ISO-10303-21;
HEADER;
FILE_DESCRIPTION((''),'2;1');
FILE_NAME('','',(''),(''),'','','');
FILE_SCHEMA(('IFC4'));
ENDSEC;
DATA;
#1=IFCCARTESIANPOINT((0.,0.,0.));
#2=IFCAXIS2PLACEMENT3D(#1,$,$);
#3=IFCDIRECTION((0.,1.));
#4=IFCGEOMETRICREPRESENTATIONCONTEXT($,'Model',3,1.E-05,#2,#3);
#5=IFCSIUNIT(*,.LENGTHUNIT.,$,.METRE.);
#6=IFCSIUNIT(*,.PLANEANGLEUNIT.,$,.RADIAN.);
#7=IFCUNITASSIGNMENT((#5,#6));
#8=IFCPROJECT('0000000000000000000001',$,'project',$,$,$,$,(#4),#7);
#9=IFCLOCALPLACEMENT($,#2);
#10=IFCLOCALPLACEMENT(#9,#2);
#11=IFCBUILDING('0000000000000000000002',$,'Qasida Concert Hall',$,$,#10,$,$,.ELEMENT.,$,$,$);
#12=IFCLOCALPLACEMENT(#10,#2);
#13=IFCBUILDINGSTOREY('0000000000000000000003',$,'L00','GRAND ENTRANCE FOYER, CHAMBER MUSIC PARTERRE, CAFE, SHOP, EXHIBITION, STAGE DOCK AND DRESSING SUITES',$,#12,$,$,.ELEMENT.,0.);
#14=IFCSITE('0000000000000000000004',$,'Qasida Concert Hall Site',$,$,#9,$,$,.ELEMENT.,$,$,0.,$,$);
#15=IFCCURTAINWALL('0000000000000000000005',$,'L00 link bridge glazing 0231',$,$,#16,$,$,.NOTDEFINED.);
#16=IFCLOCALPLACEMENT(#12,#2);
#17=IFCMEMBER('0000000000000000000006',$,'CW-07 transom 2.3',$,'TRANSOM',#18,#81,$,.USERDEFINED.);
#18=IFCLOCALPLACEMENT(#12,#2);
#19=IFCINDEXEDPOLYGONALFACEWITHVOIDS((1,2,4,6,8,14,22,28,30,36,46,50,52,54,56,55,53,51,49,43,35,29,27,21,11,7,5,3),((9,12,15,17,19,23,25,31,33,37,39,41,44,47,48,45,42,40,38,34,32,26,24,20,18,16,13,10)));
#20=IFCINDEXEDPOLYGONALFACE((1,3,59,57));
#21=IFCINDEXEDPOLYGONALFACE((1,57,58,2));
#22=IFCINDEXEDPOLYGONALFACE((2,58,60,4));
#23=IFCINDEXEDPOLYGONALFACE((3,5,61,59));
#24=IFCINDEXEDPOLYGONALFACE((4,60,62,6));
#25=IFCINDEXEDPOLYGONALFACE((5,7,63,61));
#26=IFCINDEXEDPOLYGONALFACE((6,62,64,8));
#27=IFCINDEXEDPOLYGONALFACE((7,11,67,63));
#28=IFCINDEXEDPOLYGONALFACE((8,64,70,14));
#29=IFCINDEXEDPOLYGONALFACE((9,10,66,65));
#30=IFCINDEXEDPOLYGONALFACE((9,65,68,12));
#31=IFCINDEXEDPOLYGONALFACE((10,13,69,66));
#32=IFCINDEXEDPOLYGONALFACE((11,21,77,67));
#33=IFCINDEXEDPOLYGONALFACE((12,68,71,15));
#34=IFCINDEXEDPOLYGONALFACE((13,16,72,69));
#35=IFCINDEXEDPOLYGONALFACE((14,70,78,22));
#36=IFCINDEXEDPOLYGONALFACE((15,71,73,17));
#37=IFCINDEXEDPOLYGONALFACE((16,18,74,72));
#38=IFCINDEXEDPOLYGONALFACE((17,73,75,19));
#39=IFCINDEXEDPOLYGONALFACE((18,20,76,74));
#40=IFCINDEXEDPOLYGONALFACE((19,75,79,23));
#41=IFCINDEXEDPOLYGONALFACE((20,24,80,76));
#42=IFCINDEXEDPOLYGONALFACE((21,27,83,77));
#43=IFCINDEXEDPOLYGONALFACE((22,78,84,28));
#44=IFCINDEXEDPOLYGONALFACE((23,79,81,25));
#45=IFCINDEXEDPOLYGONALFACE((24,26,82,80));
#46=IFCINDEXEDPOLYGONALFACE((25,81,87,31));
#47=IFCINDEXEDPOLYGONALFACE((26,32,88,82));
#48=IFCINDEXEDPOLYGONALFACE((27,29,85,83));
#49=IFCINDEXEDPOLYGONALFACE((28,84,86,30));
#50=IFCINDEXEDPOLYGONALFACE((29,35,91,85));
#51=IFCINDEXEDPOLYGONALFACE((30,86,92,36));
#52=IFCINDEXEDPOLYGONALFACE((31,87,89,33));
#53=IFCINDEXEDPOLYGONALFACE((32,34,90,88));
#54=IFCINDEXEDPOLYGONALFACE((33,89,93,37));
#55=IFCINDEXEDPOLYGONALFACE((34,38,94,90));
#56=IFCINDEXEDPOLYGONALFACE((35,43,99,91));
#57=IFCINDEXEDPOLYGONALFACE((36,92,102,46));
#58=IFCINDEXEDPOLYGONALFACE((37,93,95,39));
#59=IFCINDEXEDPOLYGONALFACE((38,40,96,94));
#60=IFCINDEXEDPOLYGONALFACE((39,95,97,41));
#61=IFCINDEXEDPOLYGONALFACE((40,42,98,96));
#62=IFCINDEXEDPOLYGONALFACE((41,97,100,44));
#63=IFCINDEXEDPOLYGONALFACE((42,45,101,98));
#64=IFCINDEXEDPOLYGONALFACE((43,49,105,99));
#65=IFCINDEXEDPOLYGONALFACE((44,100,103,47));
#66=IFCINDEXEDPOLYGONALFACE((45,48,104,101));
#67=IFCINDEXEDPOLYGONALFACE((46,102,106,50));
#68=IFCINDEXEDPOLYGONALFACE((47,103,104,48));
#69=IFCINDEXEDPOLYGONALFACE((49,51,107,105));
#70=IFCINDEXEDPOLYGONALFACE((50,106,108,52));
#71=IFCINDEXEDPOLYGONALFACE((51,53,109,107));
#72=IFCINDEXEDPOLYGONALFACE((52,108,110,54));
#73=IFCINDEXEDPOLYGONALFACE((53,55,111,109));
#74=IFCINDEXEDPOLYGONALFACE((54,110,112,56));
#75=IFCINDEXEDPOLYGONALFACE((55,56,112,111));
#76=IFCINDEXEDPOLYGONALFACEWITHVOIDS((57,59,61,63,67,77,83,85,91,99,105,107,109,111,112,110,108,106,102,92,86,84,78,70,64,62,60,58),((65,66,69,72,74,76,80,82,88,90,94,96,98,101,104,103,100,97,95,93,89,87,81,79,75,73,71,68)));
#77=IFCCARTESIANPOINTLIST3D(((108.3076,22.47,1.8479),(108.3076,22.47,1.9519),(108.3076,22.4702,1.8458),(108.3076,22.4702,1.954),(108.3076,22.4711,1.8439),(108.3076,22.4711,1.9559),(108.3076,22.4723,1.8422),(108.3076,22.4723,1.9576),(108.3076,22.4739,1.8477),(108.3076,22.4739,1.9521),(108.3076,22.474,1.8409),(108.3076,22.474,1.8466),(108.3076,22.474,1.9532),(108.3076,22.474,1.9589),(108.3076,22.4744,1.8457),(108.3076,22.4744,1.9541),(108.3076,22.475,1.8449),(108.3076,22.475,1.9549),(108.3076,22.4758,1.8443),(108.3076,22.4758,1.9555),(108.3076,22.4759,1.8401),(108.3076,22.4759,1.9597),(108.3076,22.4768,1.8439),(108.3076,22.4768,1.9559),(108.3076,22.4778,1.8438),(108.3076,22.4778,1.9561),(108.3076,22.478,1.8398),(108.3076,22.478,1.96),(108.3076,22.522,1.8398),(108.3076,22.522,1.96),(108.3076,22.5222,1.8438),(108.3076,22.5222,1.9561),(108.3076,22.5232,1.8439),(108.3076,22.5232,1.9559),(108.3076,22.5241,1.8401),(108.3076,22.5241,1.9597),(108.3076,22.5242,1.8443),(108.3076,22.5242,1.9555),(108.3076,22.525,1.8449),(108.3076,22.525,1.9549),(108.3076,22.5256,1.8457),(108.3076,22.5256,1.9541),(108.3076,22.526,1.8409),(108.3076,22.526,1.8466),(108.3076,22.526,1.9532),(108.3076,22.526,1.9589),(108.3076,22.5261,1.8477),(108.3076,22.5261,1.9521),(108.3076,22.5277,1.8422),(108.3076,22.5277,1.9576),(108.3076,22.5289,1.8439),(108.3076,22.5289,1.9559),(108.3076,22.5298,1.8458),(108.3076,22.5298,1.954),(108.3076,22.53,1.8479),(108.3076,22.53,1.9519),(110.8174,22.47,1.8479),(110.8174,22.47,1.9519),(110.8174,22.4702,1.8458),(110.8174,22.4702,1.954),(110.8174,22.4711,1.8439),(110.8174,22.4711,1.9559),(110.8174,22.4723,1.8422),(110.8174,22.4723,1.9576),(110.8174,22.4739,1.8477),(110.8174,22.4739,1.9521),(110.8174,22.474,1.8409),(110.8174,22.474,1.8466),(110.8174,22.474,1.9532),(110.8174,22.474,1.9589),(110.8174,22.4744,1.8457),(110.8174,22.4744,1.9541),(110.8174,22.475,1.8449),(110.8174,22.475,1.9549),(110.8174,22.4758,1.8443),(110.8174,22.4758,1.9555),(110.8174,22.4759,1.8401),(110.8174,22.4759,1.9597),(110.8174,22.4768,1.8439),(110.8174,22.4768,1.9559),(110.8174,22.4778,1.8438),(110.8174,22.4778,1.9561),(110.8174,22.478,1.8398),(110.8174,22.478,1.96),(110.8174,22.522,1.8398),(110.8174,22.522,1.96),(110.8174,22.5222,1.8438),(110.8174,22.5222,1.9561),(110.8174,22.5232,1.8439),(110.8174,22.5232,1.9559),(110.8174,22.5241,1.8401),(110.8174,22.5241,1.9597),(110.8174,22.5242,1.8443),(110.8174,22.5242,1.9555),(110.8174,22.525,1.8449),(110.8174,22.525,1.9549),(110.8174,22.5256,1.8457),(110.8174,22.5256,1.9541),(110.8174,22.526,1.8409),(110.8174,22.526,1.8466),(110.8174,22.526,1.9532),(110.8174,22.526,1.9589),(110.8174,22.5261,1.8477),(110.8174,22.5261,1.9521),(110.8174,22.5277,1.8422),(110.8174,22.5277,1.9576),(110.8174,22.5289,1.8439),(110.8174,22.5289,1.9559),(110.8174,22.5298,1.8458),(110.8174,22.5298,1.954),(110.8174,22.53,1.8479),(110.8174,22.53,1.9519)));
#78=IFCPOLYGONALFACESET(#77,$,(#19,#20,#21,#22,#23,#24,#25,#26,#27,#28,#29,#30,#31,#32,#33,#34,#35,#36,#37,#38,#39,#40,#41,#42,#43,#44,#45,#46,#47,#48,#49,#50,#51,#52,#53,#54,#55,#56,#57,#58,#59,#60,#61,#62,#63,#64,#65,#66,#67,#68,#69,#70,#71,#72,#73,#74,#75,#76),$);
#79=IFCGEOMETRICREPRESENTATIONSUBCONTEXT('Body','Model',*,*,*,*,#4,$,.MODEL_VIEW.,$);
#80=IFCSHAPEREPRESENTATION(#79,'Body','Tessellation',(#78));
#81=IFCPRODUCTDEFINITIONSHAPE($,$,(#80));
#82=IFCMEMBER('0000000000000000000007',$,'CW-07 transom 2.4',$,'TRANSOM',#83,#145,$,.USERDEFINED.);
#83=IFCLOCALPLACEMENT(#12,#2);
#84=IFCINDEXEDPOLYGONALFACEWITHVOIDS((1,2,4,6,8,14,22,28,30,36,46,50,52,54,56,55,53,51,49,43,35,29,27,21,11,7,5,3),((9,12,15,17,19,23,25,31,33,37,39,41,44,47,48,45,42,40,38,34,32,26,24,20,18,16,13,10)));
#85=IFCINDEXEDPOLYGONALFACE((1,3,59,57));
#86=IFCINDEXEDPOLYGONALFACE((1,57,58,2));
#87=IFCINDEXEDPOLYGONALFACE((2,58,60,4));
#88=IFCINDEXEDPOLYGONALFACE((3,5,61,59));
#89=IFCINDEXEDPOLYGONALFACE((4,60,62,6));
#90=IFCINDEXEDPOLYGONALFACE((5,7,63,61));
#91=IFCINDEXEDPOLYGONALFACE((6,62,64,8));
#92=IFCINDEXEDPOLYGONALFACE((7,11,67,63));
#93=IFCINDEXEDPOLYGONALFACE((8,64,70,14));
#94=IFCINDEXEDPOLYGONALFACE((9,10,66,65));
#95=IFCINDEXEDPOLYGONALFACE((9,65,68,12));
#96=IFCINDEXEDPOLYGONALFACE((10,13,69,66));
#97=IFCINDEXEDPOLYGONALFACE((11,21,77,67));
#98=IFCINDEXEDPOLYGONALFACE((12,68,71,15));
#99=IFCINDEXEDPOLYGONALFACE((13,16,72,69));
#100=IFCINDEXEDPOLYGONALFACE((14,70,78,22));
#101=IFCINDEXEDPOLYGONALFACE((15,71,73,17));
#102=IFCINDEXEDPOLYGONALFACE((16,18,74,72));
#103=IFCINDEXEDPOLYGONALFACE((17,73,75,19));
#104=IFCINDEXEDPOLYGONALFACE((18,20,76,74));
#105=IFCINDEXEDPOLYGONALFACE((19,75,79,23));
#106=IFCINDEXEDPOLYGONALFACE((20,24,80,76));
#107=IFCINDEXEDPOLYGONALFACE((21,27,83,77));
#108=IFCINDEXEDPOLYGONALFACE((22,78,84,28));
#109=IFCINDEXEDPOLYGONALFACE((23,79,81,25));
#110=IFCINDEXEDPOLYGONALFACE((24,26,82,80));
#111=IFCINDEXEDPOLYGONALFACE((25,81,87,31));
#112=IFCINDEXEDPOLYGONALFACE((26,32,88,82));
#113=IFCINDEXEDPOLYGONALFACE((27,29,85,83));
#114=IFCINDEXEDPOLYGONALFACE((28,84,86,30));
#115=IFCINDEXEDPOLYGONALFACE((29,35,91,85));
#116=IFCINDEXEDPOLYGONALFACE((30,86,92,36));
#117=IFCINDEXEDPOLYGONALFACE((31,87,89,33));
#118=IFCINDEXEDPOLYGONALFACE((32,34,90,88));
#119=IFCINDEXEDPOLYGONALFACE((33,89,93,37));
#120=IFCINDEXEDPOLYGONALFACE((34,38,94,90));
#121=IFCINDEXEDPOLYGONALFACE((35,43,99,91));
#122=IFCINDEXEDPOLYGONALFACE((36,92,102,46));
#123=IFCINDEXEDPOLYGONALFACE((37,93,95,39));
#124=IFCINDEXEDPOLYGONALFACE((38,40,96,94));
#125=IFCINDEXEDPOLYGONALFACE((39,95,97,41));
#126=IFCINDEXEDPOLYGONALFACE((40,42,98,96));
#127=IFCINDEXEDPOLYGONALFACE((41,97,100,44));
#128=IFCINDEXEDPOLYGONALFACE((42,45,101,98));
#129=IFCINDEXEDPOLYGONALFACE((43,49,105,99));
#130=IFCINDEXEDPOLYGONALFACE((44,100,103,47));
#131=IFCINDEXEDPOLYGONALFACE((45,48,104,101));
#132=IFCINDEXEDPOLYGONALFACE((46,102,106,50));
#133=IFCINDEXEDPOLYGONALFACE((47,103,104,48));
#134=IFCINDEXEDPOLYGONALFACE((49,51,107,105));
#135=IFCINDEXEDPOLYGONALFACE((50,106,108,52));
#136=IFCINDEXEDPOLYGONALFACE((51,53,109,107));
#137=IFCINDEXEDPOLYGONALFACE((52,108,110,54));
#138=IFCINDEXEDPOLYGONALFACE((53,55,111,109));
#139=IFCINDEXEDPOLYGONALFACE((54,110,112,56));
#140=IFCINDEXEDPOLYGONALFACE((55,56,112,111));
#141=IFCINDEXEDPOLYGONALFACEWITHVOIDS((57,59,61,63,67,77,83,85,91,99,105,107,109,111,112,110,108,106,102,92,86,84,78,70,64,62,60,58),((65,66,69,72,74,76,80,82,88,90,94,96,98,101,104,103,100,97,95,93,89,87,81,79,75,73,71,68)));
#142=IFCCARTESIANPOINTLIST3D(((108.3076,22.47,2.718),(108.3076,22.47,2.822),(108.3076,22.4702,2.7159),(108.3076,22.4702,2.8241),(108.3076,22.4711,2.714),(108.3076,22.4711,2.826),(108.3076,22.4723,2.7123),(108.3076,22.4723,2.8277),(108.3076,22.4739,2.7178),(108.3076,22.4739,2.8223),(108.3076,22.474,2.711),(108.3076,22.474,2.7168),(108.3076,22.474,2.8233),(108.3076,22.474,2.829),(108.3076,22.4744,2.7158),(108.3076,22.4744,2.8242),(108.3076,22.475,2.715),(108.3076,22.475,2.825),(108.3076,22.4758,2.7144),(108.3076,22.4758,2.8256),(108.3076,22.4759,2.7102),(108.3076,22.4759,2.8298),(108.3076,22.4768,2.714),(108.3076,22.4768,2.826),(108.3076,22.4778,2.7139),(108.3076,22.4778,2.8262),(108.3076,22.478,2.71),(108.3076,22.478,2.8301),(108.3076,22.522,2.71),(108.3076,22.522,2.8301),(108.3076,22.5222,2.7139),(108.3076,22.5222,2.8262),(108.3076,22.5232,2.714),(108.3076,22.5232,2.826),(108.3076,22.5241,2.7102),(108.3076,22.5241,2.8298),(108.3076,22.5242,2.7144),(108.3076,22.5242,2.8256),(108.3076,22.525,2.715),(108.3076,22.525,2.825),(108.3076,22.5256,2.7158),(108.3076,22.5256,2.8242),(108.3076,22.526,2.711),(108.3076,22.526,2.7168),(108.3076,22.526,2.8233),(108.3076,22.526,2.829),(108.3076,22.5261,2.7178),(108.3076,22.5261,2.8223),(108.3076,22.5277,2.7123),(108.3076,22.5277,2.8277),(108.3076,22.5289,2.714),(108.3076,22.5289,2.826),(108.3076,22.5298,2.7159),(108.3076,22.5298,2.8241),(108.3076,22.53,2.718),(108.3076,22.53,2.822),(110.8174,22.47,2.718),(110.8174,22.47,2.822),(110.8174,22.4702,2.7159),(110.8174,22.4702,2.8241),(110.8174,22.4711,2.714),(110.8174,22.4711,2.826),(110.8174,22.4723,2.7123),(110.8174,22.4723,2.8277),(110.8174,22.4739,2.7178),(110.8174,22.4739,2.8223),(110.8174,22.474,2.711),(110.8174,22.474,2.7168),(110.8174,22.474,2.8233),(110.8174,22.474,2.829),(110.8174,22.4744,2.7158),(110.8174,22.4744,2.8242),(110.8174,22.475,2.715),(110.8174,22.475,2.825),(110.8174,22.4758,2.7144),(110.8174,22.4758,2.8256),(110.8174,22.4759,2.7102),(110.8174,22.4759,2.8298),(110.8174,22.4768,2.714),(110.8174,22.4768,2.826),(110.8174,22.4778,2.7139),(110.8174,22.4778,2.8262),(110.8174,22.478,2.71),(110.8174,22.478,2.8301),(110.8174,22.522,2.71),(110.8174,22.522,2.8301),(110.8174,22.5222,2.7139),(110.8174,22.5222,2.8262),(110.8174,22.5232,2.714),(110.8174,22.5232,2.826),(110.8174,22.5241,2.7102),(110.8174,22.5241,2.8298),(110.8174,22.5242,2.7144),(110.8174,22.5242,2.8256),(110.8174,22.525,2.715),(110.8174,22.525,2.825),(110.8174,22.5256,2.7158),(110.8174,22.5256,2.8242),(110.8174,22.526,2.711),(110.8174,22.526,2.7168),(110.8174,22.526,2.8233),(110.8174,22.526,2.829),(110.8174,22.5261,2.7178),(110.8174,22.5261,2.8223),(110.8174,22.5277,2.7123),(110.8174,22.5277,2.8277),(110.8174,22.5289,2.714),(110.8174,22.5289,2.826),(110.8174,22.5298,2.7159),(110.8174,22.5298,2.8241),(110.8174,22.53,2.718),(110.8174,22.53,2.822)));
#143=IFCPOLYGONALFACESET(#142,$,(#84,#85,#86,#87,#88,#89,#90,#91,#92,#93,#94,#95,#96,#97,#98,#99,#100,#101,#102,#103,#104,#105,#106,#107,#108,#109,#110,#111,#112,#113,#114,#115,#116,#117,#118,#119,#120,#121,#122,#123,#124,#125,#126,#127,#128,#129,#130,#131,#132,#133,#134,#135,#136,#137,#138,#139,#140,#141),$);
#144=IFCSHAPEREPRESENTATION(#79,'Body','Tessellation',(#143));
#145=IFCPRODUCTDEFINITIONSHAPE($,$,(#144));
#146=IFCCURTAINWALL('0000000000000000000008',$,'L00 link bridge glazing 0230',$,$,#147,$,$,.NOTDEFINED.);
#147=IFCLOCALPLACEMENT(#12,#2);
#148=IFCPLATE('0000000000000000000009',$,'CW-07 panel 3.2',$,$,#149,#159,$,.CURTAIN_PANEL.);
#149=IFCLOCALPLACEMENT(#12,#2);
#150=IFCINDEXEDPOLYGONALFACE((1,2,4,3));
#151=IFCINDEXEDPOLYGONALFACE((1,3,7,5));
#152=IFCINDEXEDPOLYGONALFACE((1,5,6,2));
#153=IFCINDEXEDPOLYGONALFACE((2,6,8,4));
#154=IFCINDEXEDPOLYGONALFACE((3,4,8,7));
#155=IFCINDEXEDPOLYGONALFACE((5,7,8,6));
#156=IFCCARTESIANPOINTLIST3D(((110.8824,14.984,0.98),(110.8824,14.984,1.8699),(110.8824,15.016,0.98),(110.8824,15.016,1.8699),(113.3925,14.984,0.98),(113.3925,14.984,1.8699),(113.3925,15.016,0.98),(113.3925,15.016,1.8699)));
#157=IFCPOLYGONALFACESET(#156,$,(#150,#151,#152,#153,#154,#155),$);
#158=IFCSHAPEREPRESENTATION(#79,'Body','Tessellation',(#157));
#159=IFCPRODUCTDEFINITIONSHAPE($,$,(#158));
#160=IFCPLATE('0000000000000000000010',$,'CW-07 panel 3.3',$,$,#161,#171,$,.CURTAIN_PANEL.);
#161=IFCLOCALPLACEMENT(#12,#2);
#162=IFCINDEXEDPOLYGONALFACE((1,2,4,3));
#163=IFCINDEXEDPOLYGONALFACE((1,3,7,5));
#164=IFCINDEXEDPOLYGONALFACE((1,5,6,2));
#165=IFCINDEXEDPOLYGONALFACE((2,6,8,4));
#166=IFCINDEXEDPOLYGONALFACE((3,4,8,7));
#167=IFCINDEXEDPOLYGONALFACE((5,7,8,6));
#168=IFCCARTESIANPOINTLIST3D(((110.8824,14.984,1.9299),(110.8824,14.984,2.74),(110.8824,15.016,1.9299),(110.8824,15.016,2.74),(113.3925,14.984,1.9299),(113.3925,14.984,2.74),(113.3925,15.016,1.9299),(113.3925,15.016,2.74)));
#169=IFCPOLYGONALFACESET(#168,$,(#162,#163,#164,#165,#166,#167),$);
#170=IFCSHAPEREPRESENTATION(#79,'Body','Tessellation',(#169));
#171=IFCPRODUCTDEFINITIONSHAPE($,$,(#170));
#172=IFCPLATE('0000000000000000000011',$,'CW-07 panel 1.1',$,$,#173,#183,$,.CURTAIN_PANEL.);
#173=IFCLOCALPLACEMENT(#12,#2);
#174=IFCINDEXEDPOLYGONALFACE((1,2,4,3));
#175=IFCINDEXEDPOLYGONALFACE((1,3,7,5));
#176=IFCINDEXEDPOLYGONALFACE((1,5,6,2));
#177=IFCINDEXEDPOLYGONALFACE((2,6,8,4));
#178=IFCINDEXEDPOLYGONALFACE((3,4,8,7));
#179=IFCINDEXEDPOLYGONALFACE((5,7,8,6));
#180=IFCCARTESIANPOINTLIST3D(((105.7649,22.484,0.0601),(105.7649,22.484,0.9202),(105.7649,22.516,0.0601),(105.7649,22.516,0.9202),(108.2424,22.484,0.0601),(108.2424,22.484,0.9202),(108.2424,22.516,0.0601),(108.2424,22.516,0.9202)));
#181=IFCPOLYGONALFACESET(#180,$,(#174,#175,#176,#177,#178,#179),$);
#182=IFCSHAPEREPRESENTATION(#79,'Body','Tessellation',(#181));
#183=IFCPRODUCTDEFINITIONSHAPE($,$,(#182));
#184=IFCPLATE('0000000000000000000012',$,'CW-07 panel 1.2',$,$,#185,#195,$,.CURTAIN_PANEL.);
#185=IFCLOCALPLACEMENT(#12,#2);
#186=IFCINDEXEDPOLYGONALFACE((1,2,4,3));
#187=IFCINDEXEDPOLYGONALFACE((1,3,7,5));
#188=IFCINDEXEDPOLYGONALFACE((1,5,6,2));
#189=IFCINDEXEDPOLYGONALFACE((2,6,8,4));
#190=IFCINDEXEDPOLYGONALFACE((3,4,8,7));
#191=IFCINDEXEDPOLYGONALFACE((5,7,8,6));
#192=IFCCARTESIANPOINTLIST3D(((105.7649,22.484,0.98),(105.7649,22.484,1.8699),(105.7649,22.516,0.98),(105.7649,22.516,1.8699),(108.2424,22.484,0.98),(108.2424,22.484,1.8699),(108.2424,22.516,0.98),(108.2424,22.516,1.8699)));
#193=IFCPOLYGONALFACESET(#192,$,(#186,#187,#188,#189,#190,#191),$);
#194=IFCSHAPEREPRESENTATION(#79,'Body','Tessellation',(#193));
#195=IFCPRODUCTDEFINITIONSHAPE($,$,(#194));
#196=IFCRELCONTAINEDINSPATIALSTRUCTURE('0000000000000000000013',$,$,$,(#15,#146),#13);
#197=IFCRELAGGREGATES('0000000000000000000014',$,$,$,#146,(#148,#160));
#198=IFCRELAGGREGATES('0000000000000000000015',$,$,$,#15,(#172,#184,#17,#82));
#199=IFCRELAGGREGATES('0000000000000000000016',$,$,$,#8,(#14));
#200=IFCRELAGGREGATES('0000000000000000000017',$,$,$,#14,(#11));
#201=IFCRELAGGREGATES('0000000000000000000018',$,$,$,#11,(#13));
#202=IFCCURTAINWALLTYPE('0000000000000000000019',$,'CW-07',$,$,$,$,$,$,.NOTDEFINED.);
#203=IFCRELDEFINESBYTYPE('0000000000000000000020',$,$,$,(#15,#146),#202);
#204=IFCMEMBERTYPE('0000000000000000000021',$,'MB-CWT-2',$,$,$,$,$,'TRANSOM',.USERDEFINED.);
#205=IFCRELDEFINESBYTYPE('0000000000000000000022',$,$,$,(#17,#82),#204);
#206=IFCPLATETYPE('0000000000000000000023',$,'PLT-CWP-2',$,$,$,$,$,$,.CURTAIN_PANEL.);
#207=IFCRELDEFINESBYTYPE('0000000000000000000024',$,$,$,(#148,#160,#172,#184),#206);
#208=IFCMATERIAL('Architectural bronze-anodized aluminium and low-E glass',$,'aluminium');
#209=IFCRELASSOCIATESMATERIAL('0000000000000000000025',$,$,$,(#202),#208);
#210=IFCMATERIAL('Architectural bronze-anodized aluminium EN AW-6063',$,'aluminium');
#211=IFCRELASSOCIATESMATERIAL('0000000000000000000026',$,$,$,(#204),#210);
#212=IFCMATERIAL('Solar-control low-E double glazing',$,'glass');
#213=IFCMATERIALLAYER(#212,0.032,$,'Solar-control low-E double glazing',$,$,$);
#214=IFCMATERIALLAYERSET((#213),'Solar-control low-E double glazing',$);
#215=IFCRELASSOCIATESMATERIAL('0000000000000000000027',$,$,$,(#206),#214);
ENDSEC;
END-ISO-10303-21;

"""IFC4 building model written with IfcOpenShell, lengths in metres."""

from ifc_helpers import new_model, si_unit, direction, frame, origin, origin_2d, place, context, subcontext, project, spatial, rectangle, hollow_rectangle, extrude, material, layer, layer_set, material_profile, profile_set, type_object, element, aggregate, save


model = new_model("IFC4")

# Units and contexts
model_context = context("Model", 3, precision=1e-05, world=origin(), true_north=direction((0.0, 1.0)))
body_context = subcontext(model_context, "Body", "Model", "MODEL_VIEW")
ifc_project = project(units=[si_unit("LENGTHUNIT", "METRE"), si_unit("PLANEANGLEUNIT", "RADIAN")], contexts=[model_context])

# Site, building, storey
site_placement = place(None, origin())
site = spatial("IfcSite", under=ifc_project, at=site_placement, Name="Qasida Concert Hall Site", CompositionType="ELEMENT", RefElevation=0.0)
building_placement = place(site_placement, origin())
building = spatial("IfcBuilding", under=site, at=building_placement, Name="Qasida Concert Hall", CompositionType="ELEMENT")
storey_placement = place(building_placement, origin())
storey = spatial("IfcBuildingStorey", under=building, at=storey_placement, Name="L00", Description="GRAND ENTRANCE FOYER, CHAMBER MUSIC PARTERRE, CAFE, SHOP, EXHIBITION, STAGE DOCK AND DRESSING SUITES", CompositionType="ELEMENT", Elevation=0.0)

# Curtain wall, members
ifc_material_1 = material(Name="Architectural bronze-anodized aluminium and low-E glass", Category="aluminium")
curtain_wall_type = type_object("IfcCurtainWallType", Name="CW-07", PredefinedType="NOTDEFINED", material=ifc_material_1)
curtain_wall_1_placement = place(storey_placement, origin())
curtain_wall_1 = element("IfcCurtainWall", 1, at=curtain_wall_1_placement, inside=storey, type_object=curtain_wall_type, Name="L00 link bridge glazing 0231", PredefinedType="NOTDEFINED")
ifc_material_2 = material(Name="Architectural bronze-anodized aluminium EN AW-6063", Category="aluminium")
ifc_material_profile_1 = material_profile(ifc_material_2, hollow_rectangle(XDim=0.0601, YDim=0.1201, WallThickness=0.0039, InnerFilletRadius=0.0039, OuterFilletRadius=0.0081, at=origin_2d()), Name="CWT 120x60x4")
ifc_profile_set_1 = profile_set([ifc_material_profile_1], Name="Architectural bronze-anodized aluminium EN AW-6063")
member_type_1 = type_object("IfcMemberType", Name="MB-CWT-2", ElementType="TRANSOM", PredefinedType="USERDEFINED", material=ifc_profile_set_1)
member_1_placement = place(storey_placement, frame((108.3076, 22.5, 1.8999), z_axis=(1.0, 0.0, 0.0), x_axis=(0.0, 1.0, 0.0)))
member_1 = element("IfcMember", 2, at=member_1_placement, type_object=member_type_1, Name="CW-07 transom 2.3", ObjectType="TRANSOM", PredefinedType="USERDEFINED", context=body_context, shape_type="SweptSolid", body=[
    extrude(hollow_rectangle(XDim=0.0601, YDim=0.1201, WallThickness=0.0039, InnerFilletRadius=0.0039, OuterFilletRadius=0.0081, at=origin_2d()), origin(), (0.0, 0.0, 1.0), 2.5098),
])
member_2_placement = place(storey_placement, frame((108.3076, 22.5, 2.77), z_axis=(1.0, 0.0, 0.0), x_axis=(0.0, 1.0, 0.0)))
member_2 = element("IfcMember", 3, at=member_2_placement, type_object=member_type_1, Name="CW-07 transom 2.4", ObjectType="TRANSOM", PredefinedType="USERDEFINED", context=body_context, shape_type="SweptSolid", body=[
    extrude(hollow_rectangle(XDim=0.0601, YDim=0.1201, WallThickness=0.0039, InnerFilletRadius=0.0039, OuterFilletRadius=0.0081, at=origin_2d()), origin(), (0.0, 0.0, 1.0), 2.5098),
])

# Curtain wall, plates
curtain_wall_2_placement = place(storey_placement, origin())
curtain_wall_2 = element("IfcCurtainWall", 4, at=curtain_wall_2_placement, inside=storey, type_object=curtain_wall_type, Name="L00 link bridge glazing 0230", PredefinedType="NOTDEFINED")
ifc_material_3 = material(Name="Solar-control low-E double glazing", Category="glass")
ifc_layer_1 = layer(ifc_material_3, 0.032, Name="Solar-control low-E double glazing")
ifc_layer_set_1 = layer_set([ifc_layer_1], Name="Solar-control low-E double glazing")
plate_type = type_object("IfcPlateType", Name="PLT-CWP-2", PredefinedType="CURTAIN_PANEL", material=ifc_layer_set_1)
plate_1_placement = place(storey_placement, frame((112.1375, 15.0, 0.98), z_axis=(0.0, 0.0, 1.0), x_axis=(1.0, 0.0, 0.0)))
plate_1 = element("IfcPlate", 5, at=plate_1_placement, type_object=plate_type, Name="CW-07 panel 3.2", PredefinedType="CURTAIN_PANEL", context=body_context, shape_type="SweptSolid", body=[
    extrude(rectangle(XDim=2.51, YDim=0.032, at=origin_2d()), origin(), (0.0, 0.0, 1.0), 0.8899),
])
plate_2_placement = place(storey_placement, frame((112.1375, 15.0, 1.9299), z_axis=(0.0, 0.0, 1.0), x_axis=(1.0, 0.0, 0.0)))
plate_2 = element("IfcPlate", 6, at=plate_2_placement, type_object=plate_type, Name="CW-07 panel 3.3", PredefinedType="CURTAIN_PANEL", context=body_context, shape_type="SweptSolid", body=[
    extrude(rectangle(XDim=2.51, YDim=0.032, at=origin_2d()), origin(), (0.0, 0.0, 1.0), 0.8101),
])
aggregate(curtain_wall_2, [plate_1, plate_2])

# Plates
plate_3_placement = place(storey_placement, frame((107.0037, 22.5, 0.0601), z_axis=(0.0, 0.0, 1.0), x_axis=(1.0, 0.0, 0.0)))
plate_3 = element("IfcPlate", 7, at=plate_3_placement, type_object=plate_type, Name="CW-07 panel 1.1", PredefinedType="CURTAIN_PANEL", context=body_context, shape_type="SweptSolid", body=[
    extrude(rectangle(XDim=2.4775, YDim=0.032, at=origin_2d()), origin(), (0.0, 0.0, 1.0), 0.8601),
])
plate_4_placement = place(storey_placement, frame((107.0037, 22.5, 0.98), z_axis=(0.0, 0.0, 1.0), x_axis=(1.0, 0.0, 0.0)))
plate_4 = element("IfcPlate", 8, at=plate_4_placement, type_object=plate_type, Name="CW-07 panel 1.2", PredefinedType="CURTAIN_PANEL", context=body_context, shape_type="SweptSolid", body=[
    extrude(rectangle(XDim=2.4775, YDim=0.032, at=origin_2d()), origin(), (0.0, 0.0, 1.0), 0.8899),
])
aggregate(curtain_wall_1, [plate_3, plate_4, member_1, member_2])

save(model, "model.ifc")
